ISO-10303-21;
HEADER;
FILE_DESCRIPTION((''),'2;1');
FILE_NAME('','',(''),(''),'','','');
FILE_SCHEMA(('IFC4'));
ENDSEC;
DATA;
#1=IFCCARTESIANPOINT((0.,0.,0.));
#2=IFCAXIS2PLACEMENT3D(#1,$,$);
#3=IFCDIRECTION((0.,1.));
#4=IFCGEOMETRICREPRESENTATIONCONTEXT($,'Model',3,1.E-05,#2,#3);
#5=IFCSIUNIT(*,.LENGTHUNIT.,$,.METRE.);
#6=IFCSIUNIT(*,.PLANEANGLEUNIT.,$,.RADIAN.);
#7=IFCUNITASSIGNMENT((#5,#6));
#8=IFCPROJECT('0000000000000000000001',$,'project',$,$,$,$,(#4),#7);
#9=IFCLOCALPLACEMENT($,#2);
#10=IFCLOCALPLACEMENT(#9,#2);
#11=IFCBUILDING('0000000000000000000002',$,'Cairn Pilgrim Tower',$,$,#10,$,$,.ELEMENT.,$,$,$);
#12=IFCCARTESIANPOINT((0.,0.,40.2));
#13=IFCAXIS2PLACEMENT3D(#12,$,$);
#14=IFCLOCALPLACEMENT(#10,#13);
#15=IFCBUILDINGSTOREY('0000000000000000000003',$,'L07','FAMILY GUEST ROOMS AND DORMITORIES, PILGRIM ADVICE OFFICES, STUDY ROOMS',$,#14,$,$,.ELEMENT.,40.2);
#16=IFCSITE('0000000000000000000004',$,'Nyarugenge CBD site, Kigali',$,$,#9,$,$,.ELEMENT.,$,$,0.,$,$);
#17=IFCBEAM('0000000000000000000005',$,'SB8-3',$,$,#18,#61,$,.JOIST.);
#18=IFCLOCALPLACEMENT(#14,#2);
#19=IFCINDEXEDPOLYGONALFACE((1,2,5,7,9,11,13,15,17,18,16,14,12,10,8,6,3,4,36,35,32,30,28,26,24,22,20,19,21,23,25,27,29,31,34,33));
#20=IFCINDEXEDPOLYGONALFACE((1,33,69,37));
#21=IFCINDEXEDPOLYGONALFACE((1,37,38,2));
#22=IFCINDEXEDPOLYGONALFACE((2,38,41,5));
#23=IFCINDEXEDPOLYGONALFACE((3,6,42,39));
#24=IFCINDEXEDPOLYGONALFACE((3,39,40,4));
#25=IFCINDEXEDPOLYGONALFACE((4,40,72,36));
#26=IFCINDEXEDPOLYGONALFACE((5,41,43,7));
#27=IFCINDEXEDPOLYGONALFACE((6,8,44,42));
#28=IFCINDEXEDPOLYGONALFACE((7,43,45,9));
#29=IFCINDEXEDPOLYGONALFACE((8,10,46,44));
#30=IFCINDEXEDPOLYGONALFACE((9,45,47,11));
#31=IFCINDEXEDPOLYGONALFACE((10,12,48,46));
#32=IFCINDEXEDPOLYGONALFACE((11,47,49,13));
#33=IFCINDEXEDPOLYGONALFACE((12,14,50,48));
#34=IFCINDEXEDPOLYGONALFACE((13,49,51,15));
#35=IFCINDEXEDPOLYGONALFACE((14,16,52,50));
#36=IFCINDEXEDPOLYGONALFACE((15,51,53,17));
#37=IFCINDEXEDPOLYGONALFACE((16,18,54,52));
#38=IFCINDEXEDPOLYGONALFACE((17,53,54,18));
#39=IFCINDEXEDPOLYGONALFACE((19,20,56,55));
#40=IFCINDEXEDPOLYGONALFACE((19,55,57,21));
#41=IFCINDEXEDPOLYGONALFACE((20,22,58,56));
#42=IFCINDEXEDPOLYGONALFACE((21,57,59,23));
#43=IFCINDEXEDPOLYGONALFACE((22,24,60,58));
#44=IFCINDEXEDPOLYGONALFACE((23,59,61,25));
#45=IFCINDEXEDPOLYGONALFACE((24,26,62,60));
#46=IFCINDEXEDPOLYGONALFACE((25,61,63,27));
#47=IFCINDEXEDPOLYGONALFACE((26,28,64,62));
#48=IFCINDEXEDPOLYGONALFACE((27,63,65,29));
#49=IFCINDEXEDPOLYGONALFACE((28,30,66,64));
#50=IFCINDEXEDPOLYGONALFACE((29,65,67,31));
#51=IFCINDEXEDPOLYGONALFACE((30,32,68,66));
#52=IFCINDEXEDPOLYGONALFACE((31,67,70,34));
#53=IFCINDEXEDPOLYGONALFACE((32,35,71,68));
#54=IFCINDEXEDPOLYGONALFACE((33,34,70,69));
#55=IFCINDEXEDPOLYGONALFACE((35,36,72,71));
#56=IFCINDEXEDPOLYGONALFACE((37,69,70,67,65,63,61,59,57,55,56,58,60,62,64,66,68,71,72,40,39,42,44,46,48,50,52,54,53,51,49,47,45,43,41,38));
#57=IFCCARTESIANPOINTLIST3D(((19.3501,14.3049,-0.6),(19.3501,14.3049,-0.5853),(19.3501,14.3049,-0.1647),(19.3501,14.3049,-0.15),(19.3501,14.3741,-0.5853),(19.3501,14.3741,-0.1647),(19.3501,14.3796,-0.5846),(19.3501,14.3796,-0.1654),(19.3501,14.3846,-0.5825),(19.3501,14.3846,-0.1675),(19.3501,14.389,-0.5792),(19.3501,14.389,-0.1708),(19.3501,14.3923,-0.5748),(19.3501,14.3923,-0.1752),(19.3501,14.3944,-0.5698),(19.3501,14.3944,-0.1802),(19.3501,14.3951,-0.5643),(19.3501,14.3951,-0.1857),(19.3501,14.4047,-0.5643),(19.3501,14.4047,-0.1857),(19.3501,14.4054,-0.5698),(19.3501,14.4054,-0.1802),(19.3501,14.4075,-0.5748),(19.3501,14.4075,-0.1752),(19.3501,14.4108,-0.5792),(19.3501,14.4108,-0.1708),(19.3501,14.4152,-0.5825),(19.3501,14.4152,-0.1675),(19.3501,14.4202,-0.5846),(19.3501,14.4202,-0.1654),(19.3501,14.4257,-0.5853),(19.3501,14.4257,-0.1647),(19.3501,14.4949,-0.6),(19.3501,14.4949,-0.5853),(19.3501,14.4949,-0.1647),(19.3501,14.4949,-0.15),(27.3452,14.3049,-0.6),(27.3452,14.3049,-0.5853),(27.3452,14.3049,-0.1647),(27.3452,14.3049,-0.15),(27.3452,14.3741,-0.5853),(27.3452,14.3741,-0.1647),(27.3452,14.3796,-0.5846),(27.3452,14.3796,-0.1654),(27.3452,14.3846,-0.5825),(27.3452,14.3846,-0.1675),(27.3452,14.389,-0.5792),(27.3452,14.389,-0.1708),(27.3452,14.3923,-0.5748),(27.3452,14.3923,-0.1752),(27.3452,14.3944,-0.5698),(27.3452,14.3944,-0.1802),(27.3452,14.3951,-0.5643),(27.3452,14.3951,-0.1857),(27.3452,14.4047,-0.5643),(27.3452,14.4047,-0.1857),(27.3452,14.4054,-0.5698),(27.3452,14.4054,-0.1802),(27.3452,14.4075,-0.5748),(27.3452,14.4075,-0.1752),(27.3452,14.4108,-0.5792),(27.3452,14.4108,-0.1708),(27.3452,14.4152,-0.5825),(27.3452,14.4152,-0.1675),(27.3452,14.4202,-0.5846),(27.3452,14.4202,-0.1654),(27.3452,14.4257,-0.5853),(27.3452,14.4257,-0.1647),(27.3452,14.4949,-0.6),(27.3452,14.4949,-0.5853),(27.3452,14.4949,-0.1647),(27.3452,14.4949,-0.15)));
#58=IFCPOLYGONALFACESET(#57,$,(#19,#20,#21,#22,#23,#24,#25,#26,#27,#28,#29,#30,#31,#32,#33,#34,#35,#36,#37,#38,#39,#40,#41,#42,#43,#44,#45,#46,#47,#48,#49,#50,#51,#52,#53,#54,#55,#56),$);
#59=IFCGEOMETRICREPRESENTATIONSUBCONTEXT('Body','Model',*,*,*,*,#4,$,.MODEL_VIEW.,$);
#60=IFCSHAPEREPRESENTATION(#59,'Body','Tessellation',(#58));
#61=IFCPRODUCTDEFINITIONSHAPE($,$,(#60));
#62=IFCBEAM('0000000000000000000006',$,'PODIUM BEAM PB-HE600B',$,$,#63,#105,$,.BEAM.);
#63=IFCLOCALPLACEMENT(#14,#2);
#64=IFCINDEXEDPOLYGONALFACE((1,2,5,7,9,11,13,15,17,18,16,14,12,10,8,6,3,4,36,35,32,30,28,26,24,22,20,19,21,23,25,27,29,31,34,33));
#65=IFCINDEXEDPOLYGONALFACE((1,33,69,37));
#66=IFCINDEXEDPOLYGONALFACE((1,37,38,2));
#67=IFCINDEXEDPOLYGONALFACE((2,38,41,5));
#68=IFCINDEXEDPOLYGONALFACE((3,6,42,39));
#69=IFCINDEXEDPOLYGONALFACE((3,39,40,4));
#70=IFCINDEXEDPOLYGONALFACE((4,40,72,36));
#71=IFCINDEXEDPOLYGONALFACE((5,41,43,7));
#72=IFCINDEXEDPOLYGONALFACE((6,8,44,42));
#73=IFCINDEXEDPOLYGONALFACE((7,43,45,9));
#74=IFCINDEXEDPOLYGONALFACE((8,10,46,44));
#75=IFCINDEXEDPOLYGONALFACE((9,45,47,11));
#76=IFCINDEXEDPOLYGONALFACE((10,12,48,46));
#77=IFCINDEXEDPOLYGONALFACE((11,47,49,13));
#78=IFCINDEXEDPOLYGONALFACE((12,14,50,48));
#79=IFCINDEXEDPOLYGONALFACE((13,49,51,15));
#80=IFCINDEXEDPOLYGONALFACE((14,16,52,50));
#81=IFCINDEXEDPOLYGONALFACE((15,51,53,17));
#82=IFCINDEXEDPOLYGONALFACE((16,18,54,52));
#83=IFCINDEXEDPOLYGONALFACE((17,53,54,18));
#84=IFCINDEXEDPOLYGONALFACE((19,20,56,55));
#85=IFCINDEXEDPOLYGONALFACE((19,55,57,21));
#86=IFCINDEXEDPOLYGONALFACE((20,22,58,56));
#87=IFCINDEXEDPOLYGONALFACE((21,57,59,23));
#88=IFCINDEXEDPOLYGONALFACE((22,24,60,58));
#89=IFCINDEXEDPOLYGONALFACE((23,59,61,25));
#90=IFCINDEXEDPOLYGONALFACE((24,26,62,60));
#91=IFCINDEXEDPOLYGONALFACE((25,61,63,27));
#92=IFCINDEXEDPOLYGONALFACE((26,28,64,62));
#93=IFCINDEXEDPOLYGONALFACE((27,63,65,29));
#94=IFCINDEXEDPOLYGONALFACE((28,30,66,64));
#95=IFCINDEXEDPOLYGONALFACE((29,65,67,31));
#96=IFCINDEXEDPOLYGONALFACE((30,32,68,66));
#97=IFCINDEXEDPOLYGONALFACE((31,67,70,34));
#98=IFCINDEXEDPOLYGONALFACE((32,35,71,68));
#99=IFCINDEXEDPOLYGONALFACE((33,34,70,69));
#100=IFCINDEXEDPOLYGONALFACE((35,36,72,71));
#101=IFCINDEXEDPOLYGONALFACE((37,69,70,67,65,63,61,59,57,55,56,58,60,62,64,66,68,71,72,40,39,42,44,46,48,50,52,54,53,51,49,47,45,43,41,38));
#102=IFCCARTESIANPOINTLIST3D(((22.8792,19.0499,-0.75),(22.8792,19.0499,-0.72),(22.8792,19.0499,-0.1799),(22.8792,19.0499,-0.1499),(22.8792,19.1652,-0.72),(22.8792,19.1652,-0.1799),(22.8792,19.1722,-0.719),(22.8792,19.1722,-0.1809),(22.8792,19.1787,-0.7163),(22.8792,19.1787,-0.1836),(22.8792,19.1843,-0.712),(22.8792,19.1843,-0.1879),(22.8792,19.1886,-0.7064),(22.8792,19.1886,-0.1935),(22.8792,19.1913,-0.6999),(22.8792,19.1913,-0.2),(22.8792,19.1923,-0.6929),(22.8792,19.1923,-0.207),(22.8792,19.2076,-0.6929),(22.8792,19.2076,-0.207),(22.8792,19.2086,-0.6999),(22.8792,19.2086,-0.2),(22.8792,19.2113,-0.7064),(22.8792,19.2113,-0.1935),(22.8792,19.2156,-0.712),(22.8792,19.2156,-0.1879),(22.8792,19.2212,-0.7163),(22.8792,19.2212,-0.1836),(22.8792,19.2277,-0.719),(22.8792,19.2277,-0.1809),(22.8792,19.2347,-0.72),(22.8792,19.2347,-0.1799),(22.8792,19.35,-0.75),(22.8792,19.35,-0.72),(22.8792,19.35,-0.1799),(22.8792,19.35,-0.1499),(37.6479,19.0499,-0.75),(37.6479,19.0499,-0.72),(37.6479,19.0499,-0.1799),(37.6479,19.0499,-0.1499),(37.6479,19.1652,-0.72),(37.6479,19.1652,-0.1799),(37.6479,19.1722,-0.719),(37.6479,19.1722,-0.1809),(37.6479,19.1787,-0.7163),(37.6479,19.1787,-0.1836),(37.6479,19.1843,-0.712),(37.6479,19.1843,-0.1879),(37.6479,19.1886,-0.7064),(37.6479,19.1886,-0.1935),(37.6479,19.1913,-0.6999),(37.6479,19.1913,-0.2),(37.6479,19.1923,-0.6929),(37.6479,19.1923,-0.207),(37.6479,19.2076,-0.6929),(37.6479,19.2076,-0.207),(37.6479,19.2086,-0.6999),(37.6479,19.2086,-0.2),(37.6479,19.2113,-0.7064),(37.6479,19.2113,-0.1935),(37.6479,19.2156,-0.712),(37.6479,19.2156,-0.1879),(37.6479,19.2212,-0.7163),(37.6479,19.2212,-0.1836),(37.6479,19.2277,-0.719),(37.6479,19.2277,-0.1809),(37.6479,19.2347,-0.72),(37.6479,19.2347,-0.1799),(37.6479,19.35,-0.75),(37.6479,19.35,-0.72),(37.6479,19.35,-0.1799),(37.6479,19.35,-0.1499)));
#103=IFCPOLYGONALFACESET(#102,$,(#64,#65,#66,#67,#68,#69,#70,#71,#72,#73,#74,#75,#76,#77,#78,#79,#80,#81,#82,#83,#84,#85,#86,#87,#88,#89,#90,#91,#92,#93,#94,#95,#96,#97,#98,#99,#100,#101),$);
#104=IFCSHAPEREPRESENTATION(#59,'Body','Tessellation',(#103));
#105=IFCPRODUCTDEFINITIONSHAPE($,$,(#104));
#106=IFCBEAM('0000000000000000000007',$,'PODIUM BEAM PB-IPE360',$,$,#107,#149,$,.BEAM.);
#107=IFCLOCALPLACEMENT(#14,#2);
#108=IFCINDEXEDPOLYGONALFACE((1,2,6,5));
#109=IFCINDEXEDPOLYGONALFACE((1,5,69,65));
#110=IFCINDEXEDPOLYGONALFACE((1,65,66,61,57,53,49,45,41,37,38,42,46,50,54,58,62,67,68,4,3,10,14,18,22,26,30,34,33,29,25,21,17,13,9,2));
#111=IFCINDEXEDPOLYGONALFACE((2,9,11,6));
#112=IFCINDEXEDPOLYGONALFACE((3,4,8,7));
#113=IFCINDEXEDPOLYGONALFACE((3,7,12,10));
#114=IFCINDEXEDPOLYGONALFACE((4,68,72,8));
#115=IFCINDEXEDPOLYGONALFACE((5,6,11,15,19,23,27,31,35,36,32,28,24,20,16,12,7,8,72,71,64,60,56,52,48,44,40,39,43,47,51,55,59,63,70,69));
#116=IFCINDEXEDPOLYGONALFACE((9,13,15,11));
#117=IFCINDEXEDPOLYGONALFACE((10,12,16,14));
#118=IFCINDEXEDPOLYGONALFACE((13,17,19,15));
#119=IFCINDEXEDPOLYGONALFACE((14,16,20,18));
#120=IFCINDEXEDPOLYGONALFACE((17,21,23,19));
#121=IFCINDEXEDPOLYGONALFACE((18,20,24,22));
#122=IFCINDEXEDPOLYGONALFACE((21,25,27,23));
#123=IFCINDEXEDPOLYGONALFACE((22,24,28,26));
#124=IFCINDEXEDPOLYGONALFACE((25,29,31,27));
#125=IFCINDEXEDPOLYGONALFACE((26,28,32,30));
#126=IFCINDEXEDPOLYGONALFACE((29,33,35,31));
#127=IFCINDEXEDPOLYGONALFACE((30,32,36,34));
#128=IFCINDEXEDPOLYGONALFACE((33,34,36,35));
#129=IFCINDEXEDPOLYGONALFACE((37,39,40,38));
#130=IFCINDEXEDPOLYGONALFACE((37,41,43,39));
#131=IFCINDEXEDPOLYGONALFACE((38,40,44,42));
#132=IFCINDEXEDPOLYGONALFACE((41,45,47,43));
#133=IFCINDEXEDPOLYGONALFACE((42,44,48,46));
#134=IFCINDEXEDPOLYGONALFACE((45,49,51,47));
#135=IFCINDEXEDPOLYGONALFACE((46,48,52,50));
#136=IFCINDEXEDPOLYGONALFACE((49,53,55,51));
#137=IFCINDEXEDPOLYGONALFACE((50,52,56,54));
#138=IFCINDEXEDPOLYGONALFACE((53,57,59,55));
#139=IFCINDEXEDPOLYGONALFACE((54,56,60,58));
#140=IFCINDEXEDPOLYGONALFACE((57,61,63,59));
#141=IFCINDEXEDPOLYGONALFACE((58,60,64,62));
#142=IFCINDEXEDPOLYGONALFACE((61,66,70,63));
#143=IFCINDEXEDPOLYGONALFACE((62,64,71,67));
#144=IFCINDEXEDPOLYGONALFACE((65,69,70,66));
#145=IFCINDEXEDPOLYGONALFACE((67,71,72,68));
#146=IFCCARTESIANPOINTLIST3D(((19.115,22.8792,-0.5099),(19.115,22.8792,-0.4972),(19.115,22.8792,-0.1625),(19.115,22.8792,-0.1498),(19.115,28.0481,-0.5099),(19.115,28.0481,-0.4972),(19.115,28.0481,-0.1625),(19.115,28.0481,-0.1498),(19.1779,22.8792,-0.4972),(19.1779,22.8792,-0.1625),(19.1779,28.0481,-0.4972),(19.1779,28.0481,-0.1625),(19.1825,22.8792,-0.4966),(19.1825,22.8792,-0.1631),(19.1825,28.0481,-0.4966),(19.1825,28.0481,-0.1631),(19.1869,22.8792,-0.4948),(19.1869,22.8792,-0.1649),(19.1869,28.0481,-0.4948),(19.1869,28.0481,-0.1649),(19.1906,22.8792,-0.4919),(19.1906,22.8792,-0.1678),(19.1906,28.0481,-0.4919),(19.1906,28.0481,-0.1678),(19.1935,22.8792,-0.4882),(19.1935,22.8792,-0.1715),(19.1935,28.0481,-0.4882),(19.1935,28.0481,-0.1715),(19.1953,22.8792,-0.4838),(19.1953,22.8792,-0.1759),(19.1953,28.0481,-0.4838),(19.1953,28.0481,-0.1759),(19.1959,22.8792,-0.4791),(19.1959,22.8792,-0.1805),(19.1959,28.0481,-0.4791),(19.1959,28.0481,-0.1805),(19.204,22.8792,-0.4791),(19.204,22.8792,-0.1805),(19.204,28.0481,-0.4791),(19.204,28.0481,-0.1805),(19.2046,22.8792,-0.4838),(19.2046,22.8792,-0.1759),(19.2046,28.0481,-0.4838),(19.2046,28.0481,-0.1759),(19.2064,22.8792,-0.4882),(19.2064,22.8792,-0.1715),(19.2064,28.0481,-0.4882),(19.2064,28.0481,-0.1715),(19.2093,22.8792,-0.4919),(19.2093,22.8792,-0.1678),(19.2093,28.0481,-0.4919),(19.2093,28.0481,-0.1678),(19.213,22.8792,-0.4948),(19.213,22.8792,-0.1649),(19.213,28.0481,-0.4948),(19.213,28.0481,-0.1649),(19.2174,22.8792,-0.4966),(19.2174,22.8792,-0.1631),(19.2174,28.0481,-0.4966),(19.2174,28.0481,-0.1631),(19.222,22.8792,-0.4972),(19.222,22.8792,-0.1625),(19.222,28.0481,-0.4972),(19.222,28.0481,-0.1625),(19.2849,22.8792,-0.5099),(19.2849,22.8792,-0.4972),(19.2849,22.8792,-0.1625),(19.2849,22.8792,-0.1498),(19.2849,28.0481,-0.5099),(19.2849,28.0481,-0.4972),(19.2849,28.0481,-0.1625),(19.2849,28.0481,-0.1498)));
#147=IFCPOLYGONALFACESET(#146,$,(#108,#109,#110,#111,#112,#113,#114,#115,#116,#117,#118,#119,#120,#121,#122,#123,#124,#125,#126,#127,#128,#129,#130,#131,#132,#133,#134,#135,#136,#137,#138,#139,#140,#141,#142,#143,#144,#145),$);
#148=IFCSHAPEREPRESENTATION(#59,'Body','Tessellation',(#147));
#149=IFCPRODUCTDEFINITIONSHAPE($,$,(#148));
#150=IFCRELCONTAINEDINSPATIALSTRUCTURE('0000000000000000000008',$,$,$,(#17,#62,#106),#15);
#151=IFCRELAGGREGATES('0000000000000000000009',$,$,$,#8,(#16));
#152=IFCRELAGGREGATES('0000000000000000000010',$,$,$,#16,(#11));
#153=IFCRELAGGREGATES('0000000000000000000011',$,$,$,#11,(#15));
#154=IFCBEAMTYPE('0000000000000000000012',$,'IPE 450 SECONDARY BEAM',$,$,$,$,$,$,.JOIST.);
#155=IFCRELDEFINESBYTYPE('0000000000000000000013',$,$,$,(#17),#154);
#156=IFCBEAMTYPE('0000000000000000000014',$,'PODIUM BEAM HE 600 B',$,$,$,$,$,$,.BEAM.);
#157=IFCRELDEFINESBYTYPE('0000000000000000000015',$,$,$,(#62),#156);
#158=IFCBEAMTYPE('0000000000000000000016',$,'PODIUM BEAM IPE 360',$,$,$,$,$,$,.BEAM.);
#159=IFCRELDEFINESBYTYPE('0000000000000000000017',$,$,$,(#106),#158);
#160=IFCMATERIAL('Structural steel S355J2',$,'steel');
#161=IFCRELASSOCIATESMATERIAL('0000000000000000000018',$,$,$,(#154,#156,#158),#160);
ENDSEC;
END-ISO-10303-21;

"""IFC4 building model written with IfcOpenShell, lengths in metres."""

from ifc_helpers import new_model, si_unit, direction, frame, origin, origin_2d, place, context, subcontext, project, spatial, i_section, extrude, material, material_profile, profile_set, type_object, element, save


model = new_model("IFC4")

# Units and contexts
model_context = context("Model", 3, precision=1e-05, world=origin(), true_north=direction((0.0, 1.0)))
body_context = subcontext(model_context, "Body", "Model", "MODEL_VIEW")
ifc_project = project(units=[si_unit("LENGTHUNIT", "METRE"), si_unit("PLANEANGLEUNIT", "RADIAN")], contexts=[model_context])

# Site, building, storey
site_placement = place(None, origin())
site = spatial("IfcSite", under=ifc_project, at=site_placement, Name="Nyarugenge CBD site, Kigali", CompositionType="ELEMENT", RefElevation=0.0)
building_placement = place(site_placement, origin())
building = spatial("IfcBuilding", under=site, at=building_placement, Name="Cairn Pilgrim Tower", CompositionType="ELEMENT")
storey_placement = place(building_placement, frame((0.0, 0.0, 40.2)))
storey = spatial("IfcBuildingStorey", under=building, at=storey_placement, Name="L07", Description="FAMILY GUEST ROOMS AND DORMITORIES, PILGRIM ADVICE OFFICES, STUDY ROOMS", CompositionType="ELEMENT", Elevation=40.2)

# Beams
ifc_material_1 = material(Name="Structural steel S355J2", Category="steel")
ifc_material_profile_1 = material_profile(ifc_material_1, i_section(OverallWidth=0.1899, OverallDepth=0.45, WebThickness=0.0095, FlangeThickness=0.0146, FilletRadius=0.021, at=origin_2d()), Name="IPE 450")
ifc_profile_set_1 = profile_set([ifc_material_profile_1], Name="Structural steel S355J2")
beam_type_1 = type_object("IfcBeamType", Name="IPE 450 SECONDARY BEAM", PredefinedType="JOIST", material=ifc_profile_set_1)
beam_1_placement = place(storey_placement, frame((19.3501, 14.3999, -0.375), z_axis=(1.0, 0.0, 0.0), x_axis=(0.0, 1.0, 0.0)))
element("IfcBeam", 1, at=beam_1_placement, inside=storey, type_object=beam_type_1, Name="SB8-3", PredefinedType="JOIST", context=body_context, shape_type="SweptSolid", body=[
    extrude(i_section(OverallWidth=0.1899, OverallDepth=0.45, WebThickness=0.0095, FlangeThickness=0.0146, FilletRadius=0.021, at=origin_2d()), origin(), (0.0, 0.0, 1.0), 7.9951),
])
ifc_material_profile_2 = material_profile(ifc_material_1, i_section(OverallWidth=0.3, OverallDepth=0.6001, WebThickness=0.0154, FlangeThickness=0.03, FilletRadius=0.0271, at=origin_2d()), Name="HEB 600")
ifc_profile_set_2 = profile_set([ifc_material_profile_2], Name="Structural steel S355J2")
beam_type_2 = type_object("IfcBeamType", Name="PODIUM BEAM HE 600 B", PredefinedType="BEAM", material=ifc_profile_set_2)
beam_2_placement = place(storey_placement, frame((22.8792, 19.2, -0.45), z_axis=(1.0, 0.0, 0.0), x_axis=(0.0, 1.0, 0.0)))
element("IfcBeam", 2, at=beam_2_placement, inside=storey, type_object=beam_type_2, Name="PODIUM BEAM PB-HE600B", PredefinedType="BEAM", context=body_context, shape_type="SweptSolid", body=[
    extrude(i_section(OverallWidth=0.3, OverallDepth=0.6001, WebThickness=0.0154, FlangeThickness=0.03, FilletRadius=0.0271, at=origin_2d()), origin(), (0.0, 0.0, 1.0), 14.7688),
])
ifc_material_profile_3 = material_profile(ifc_material_1, i_section(OverallWidth=0.1699, OverallDepth=0.3601, WebThickness=0.0081, FlangeThickness=0.0127, FilletRadius=0.0181, at=origin_2d()), Name="IPE 360")
ifc_profile_set_3 = profile_set([ifc_material_profile_3], Name="Structural steel S355J2")
beam_type_3 = type_object("IfcBeamType", Name="PODIUM BEAM IPE 360", PredefinedType="BEAM", material=ifc_profile_set_3)
beam_3_placement = place(storey_placement, frame((19.2, 22.8792, -0.3298), z_axis=(0.0, 1.0, 0.0), x_axis=(-1.0, 0.0, 0.0)))
element("IfcBeam", 3, at=beam_3_placement, inside=storey, type_object=beam_type_3, Name="PODIUM BEAM PB-IPE360", PredefinedType="BEAM", context=body_context, shape_type="SweptSolid", body=[
    extrude(i_section(OverallWidth=0.1699, OverallDepth=0.3601, WebThickness=0.0081, FlangeThickness=0.0127, FilletRadius=0.0181, at=origin_2d()), origin(), (0.0, 0.0, 1.0), 5.1689),
])

save(model, "model.ifc")
